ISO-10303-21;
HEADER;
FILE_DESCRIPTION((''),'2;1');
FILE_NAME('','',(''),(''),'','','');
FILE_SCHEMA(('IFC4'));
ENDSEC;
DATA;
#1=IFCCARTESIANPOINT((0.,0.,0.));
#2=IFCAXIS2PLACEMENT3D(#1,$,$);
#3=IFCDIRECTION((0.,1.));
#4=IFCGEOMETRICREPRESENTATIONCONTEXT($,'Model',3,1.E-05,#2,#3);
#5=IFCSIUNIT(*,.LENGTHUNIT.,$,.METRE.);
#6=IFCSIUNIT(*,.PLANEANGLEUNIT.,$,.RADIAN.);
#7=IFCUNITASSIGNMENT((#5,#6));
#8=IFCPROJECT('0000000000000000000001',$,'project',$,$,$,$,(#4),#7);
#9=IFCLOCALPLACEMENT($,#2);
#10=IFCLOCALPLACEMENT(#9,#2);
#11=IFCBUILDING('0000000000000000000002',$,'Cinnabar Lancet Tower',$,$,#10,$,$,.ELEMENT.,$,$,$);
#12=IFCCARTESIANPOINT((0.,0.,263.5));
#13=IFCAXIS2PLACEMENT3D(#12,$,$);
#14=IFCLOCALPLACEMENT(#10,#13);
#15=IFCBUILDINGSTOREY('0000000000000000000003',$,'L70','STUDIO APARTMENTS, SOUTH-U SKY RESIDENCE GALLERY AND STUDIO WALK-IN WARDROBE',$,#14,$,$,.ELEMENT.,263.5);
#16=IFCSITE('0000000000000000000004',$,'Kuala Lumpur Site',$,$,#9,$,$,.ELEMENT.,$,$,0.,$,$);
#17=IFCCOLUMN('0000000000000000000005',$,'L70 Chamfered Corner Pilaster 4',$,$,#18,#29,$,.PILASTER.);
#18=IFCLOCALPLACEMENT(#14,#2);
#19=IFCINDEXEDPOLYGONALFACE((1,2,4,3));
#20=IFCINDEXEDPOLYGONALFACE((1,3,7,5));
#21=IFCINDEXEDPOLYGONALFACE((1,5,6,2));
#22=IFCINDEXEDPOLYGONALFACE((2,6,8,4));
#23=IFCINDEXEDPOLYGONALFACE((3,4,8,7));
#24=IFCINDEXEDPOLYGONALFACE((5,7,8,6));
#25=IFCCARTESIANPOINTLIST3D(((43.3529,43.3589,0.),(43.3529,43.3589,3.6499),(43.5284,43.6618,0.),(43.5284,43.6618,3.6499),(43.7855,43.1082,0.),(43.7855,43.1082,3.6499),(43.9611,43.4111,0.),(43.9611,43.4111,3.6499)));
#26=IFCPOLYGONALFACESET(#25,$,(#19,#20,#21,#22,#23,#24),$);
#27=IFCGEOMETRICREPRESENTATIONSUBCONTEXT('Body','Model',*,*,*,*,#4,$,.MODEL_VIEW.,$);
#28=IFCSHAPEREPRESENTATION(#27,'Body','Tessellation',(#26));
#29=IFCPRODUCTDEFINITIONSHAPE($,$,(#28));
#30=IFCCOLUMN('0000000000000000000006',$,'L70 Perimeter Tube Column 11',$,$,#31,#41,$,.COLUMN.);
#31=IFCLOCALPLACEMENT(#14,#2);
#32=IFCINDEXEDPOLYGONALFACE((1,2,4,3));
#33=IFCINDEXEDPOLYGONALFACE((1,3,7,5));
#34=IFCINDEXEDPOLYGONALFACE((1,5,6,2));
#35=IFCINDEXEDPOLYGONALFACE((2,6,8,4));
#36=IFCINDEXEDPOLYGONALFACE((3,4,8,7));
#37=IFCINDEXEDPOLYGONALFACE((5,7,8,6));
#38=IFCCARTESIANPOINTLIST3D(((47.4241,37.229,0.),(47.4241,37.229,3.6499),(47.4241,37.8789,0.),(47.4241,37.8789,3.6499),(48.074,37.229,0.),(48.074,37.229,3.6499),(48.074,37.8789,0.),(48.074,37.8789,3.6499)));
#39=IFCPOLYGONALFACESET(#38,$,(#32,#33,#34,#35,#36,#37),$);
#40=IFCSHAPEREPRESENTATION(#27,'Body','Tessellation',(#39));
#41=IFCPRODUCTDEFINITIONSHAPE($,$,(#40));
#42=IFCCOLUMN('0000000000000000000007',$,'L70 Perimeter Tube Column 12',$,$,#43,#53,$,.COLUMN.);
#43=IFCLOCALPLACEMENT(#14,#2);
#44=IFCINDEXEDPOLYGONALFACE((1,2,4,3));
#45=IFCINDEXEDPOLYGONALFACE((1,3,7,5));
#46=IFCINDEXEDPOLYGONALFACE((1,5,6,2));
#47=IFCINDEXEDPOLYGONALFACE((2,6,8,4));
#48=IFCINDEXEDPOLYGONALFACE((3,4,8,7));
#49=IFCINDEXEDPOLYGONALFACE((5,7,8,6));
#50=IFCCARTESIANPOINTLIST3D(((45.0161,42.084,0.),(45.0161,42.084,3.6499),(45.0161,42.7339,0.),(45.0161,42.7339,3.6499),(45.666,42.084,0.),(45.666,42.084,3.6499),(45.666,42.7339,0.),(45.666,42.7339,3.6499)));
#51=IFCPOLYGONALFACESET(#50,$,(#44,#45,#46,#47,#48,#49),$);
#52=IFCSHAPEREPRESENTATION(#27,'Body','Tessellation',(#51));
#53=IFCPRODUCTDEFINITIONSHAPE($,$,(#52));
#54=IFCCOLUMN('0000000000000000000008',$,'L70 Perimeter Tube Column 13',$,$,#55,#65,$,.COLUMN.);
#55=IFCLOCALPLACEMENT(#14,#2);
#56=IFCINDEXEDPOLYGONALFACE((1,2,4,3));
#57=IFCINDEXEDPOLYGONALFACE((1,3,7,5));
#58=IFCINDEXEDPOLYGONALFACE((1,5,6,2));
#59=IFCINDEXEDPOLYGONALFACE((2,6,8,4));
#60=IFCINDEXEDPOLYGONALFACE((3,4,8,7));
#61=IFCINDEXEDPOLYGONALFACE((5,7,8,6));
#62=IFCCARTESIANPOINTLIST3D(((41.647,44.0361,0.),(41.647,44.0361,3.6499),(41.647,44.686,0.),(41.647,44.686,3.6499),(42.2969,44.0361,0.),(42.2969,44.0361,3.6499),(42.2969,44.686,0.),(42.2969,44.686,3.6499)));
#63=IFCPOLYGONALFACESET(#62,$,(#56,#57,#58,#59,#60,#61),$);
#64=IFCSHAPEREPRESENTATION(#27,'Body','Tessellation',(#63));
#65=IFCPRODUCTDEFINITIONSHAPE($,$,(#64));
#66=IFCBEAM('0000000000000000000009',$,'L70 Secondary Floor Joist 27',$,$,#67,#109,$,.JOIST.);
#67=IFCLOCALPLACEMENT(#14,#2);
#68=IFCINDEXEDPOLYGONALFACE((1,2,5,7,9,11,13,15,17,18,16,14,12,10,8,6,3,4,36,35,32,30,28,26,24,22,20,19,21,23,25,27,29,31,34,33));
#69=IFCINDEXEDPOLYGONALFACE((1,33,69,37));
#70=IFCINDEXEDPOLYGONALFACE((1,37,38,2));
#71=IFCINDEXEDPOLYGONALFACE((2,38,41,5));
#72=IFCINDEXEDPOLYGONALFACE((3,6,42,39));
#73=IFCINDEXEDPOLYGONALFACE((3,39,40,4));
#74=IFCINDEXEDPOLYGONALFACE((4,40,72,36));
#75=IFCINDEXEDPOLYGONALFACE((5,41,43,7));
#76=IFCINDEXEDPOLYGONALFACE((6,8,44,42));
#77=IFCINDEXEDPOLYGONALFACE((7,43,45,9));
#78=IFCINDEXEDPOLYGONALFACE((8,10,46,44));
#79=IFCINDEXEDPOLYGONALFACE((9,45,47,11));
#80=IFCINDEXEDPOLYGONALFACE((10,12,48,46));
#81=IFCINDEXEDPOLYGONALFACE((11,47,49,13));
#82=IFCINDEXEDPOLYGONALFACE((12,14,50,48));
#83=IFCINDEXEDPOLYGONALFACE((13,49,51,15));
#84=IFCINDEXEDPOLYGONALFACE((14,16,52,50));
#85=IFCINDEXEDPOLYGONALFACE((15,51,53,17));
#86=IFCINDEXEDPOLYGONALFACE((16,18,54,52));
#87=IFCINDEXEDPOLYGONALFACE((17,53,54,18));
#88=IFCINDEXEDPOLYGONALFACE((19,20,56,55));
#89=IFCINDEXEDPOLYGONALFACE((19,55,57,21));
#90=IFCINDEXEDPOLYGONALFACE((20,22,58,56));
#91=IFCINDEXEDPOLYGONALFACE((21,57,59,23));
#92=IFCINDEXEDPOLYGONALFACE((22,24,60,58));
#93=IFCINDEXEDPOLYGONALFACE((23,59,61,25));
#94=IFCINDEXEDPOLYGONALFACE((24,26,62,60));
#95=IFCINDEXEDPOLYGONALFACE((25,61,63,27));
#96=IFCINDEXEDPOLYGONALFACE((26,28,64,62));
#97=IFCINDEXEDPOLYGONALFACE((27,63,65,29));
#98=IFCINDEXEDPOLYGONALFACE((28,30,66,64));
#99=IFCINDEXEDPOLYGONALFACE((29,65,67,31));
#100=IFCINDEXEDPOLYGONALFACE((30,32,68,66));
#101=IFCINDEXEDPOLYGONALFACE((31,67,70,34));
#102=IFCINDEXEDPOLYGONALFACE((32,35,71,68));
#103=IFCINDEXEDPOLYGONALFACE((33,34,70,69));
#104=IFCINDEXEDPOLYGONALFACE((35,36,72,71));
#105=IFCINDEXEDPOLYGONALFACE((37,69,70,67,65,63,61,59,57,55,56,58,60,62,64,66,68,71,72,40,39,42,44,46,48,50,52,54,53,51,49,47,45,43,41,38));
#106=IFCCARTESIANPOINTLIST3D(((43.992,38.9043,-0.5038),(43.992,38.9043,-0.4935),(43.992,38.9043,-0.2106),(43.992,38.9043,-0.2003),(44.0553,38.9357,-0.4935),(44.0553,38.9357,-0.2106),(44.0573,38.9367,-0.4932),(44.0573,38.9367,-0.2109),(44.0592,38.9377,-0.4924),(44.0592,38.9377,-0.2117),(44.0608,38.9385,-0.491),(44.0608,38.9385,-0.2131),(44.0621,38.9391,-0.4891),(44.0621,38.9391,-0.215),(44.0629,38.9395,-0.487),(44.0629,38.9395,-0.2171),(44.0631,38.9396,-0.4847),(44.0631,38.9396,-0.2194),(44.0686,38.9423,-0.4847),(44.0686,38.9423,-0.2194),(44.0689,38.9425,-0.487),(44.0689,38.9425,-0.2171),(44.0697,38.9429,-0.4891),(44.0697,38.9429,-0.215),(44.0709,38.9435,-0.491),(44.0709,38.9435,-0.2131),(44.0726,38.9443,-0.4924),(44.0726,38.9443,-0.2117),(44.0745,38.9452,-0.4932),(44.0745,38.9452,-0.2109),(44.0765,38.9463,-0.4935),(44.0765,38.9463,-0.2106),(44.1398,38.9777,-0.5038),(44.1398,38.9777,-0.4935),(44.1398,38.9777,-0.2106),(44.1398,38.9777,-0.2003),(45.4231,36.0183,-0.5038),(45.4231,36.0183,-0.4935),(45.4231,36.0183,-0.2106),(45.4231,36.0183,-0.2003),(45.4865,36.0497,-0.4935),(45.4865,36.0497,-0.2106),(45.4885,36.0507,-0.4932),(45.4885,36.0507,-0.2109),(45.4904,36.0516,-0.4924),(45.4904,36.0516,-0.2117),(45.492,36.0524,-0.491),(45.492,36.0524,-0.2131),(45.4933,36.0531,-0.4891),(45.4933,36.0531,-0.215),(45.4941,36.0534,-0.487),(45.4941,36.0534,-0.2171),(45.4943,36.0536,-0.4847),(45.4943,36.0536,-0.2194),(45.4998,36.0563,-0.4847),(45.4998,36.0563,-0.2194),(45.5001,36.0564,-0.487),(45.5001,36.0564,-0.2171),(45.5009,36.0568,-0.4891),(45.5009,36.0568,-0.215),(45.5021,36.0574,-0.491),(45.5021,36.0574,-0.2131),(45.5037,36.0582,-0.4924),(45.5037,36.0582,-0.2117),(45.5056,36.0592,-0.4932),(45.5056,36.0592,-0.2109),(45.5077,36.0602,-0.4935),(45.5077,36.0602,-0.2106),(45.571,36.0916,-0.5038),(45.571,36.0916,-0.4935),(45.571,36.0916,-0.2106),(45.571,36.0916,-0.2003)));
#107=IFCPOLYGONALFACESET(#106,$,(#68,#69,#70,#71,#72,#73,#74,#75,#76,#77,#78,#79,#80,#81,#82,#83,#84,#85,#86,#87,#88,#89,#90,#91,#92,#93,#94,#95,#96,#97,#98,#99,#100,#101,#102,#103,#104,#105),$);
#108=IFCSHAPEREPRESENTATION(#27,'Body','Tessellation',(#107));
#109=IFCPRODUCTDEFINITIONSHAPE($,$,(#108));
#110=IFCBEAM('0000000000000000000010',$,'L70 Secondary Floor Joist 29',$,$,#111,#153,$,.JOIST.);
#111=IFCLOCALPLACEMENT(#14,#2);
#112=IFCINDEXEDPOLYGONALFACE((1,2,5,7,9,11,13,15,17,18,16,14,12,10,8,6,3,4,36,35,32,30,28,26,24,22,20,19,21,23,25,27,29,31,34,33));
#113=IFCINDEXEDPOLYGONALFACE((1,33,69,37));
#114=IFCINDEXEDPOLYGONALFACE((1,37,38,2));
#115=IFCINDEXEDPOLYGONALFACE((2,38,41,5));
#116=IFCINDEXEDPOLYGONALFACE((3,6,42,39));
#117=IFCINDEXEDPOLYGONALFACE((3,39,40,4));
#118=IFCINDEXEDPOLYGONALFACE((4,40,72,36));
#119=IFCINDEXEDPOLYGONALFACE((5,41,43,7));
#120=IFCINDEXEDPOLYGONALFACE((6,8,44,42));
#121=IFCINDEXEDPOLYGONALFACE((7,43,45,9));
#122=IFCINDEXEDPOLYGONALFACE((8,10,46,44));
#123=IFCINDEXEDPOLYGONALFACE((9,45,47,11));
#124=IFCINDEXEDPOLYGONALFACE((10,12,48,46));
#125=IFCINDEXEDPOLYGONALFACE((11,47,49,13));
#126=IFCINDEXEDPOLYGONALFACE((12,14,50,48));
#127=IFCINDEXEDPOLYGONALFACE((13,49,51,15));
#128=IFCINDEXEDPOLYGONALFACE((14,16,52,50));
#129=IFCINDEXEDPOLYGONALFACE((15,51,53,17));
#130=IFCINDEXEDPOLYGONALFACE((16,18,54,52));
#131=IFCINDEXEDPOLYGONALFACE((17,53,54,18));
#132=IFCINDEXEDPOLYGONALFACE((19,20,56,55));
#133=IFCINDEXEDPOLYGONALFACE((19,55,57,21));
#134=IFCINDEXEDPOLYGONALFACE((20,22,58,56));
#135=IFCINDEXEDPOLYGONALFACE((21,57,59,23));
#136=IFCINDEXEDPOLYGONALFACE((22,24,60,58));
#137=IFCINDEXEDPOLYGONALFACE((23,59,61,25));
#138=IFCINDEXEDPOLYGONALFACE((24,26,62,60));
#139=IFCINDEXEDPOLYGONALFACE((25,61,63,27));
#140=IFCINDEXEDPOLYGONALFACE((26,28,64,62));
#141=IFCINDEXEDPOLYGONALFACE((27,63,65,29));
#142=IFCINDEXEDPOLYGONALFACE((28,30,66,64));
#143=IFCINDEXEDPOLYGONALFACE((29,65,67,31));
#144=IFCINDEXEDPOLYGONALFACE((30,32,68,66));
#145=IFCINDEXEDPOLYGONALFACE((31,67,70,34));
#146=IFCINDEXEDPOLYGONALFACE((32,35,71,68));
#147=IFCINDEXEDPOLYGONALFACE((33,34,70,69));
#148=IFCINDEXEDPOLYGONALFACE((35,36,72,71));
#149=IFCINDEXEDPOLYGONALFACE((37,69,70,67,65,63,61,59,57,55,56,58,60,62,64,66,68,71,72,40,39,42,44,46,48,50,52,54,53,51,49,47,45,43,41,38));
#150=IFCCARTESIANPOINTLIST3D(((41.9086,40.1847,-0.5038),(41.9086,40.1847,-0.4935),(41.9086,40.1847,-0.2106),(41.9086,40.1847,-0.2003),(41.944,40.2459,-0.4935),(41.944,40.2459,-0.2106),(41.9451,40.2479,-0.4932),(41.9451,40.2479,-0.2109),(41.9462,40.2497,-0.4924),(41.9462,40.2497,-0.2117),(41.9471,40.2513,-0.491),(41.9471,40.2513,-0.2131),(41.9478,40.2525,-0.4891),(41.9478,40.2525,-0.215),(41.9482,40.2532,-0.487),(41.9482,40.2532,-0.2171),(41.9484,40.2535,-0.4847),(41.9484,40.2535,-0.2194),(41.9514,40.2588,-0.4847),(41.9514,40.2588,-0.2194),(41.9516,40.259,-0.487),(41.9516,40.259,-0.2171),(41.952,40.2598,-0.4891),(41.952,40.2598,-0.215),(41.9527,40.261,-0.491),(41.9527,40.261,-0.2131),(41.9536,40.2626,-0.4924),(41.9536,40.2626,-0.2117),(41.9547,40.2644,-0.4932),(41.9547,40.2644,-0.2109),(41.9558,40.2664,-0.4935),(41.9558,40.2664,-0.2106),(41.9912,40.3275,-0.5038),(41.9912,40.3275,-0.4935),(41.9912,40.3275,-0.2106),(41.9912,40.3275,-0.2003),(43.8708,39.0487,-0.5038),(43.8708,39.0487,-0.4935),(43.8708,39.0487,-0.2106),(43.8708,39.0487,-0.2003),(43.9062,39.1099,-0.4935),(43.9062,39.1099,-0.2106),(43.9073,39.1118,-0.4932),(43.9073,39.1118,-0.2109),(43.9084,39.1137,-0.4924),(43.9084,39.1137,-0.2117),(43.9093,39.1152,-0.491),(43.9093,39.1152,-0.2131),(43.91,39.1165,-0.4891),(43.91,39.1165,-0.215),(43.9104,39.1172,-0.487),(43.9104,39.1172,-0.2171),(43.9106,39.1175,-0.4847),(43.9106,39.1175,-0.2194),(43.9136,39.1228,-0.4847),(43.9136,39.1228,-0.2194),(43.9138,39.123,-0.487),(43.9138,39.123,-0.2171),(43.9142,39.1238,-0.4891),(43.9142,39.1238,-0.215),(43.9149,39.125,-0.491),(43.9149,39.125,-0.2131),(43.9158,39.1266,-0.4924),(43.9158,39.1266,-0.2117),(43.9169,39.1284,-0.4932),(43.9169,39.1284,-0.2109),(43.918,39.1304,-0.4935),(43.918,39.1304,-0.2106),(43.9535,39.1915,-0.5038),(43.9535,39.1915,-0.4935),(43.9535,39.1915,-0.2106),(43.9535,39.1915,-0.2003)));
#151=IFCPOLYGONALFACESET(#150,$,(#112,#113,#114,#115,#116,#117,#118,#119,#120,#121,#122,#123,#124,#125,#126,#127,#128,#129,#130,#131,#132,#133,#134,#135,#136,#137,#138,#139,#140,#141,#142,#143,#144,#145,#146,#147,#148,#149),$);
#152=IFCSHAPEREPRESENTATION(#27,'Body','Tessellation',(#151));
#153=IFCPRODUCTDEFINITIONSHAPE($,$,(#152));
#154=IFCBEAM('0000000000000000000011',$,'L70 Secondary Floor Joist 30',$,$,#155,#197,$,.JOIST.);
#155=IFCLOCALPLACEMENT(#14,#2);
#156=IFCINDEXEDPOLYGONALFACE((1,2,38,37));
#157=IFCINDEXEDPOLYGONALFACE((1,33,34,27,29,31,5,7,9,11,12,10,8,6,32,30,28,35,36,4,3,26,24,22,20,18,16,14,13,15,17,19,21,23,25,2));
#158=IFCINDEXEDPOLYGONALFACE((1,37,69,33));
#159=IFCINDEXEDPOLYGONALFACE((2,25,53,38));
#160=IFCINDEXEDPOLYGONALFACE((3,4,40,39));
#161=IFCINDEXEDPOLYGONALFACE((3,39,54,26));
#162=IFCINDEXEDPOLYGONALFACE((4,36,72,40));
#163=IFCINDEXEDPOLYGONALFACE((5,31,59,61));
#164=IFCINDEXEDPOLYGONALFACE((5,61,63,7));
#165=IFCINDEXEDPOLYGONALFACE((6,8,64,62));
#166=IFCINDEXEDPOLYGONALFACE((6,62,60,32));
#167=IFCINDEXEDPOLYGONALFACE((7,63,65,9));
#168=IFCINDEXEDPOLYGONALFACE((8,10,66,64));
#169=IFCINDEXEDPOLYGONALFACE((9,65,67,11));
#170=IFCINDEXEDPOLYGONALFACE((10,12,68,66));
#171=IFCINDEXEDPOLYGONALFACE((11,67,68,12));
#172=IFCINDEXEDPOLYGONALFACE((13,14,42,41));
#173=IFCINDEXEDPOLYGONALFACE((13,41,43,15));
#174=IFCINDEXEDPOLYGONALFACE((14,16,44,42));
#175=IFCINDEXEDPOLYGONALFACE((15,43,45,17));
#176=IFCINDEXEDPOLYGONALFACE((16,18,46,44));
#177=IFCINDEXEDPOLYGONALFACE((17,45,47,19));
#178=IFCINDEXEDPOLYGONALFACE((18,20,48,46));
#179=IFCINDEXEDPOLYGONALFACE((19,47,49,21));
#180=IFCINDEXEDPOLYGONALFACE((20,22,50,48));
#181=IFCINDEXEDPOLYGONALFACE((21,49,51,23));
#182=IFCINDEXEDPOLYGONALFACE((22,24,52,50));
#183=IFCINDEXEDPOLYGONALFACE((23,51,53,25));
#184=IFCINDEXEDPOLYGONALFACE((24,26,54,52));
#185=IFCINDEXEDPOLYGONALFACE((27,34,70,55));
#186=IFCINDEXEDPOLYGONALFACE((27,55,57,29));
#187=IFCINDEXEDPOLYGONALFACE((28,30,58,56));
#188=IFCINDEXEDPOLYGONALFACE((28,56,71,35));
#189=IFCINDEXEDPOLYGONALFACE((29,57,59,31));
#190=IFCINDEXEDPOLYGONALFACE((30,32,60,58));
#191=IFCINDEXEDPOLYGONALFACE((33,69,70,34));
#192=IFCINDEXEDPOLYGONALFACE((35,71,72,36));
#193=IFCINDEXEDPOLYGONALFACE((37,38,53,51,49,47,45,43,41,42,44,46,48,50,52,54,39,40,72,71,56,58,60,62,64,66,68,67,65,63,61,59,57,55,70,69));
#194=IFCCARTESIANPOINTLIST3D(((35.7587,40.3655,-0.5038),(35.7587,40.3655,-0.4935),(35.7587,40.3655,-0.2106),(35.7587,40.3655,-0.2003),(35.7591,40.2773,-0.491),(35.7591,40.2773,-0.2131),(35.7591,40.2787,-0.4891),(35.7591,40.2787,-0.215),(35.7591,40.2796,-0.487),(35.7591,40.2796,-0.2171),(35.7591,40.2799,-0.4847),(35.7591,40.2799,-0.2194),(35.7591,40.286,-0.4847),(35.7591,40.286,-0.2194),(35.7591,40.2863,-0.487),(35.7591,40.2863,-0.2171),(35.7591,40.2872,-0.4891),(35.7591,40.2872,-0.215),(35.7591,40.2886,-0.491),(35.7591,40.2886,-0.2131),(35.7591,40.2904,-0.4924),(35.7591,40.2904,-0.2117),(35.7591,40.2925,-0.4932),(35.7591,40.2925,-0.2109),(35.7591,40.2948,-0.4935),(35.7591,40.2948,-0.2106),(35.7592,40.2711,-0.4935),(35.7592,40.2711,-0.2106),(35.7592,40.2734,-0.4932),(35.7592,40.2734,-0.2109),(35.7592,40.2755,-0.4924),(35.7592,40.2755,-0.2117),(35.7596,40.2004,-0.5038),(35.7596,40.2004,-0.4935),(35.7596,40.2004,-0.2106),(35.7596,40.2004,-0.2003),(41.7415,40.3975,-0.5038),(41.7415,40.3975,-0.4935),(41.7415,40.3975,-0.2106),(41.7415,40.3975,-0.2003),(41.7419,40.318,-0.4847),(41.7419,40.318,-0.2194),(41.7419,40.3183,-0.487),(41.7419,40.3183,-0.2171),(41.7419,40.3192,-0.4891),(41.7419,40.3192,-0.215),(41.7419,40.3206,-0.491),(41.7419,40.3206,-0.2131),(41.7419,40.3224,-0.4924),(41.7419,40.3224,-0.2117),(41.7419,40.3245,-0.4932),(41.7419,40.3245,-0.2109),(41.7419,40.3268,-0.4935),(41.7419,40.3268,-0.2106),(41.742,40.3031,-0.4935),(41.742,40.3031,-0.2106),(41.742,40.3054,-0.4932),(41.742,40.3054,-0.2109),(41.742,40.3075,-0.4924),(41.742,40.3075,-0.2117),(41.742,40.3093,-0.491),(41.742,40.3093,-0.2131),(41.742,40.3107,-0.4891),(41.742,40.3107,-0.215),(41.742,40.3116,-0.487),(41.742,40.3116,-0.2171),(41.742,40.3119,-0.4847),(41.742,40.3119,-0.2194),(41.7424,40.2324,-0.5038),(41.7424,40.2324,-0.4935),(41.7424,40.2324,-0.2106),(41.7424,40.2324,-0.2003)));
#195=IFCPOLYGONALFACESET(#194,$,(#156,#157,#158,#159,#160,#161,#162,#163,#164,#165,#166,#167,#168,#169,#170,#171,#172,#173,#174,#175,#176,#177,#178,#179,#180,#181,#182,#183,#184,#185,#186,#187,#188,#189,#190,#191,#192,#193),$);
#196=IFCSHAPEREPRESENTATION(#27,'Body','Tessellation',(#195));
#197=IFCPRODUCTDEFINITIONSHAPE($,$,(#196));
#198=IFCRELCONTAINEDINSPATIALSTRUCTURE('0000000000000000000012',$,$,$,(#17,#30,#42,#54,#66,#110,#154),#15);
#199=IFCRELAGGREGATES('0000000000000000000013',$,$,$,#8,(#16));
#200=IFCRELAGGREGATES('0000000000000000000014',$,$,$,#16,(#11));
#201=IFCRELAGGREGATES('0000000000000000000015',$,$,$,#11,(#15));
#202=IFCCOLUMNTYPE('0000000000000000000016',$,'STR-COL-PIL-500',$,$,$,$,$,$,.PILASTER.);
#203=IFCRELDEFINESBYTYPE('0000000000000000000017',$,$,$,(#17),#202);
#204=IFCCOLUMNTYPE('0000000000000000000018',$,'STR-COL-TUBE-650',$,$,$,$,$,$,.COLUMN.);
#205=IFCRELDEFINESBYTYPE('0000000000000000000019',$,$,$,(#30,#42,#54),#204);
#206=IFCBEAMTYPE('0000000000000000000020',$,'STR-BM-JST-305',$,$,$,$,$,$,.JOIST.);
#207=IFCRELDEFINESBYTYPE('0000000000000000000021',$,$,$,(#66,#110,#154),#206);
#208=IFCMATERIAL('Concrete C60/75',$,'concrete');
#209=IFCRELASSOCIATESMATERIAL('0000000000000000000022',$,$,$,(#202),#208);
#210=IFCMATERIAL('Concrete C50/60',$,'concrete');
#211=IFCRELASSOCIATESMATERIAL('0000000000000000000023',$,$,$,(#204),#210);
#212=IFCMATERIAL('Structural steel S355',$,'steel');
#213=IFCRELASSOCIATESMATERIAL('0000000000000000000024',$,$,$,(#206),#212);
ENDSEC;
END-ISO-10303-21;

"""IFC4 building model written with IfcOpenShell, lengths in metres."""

from ifc_helpers import new_model, si_unit, direction, frame, origin, origin_2d, place, context, subcontext, project, spatial, rectangle, i_section, extrude, material, material_profile, profile_set, type_object, element, save


model = new_model("IFC4")

# Units and contexts
model_context = context("Model", 3, precision=1e-05, world=origin(), true_north=direction((0.0, 1.0)))
body_context = subcontext(model_context, "Body", "Model", "MODEL_VIEW")
ifc_project = project(units=[si_unit("LENGTHUNIT", "METRE"), si_unit("PLANEANGLEUNIT", "RADIAN")], contexts=[model_context])

# Site, building, storey
site_placement = place(None, origin())
site = spatial("IfcSite", under=ifc_project, at=site_placement, Name="Kuala Lumpur Site", CompositionType="ELEMENT", RefElevation=0.0)
building_placement = place(site_placement, origin())
building = spatial("IfcBuilding", under=site, at=building_placement, Name="Cinnabar Lancet Tower", CompositionType="ELEMENT")
storey_placement = place(building_placement, frame((0.0, 0.0, 263.5)))
storey = spatial("IfcBuildingStorey", under=building, at=storey_placement, Name="L70", Description="STUDIO APARTMENTS, SOUTH-U SKY RESIDENCE GALLERY AND STUDIO WALK-IN WARDROBE", CompositionType="ELEMENT", Elevation=263.5)

# Columns
ifc_material_1 = material(Name="Concrete C60/75", Category="concrete")
ifc_material_profile_1 = material_profile(ifc_material_1, rectangle(XDim=0.5, YDim=0.3501, at=origin_2d()), Name="RC-PIL 500x350")
ifc_profile_set_1 = profile_set([ifc_material_profile_1], Name="Concrete C60/75")
column_type_1 = type_object("IfcColumnType", Name="STR-COL-PIL-500", PredefinedType="PILASTER", material=ifc_profile_set_1)
column_placement = place(storey_placement, frame((43.657, 43.385, 0.0), z_axis=(0.0, 0.0, 1.0), x_axis=(-0.865256, 0.50133, 0.0)))
element("IfcColumn", 1, at=column_placement, inside=storey, type_object=column_type_1, Name="L70 Chamfered Corner Pilaster 4", PredefinedType="PILASTER", context=body_context, shape_type="SweptSolid", body=[
    extrude(rectangle(XDim=0.5, YDim=0.3501, at=origin_2d()), origin(), (0.0, 0.0, 1.0), 3.6499),
])
ifc_material_2 = material(Name="Concrete C50/60", Category="concrete")
ifc_material_profile_2 = material_profile(ifc_material_2, rectangle(XDim=0.6499, YDim=0.6499, at=origin_2d()), Name="RC-COL 650x650")
ifc_profile_set_2 = profile_set([ifc_material_profile_2], Name="Concrete C50/60")
column_type_2 = type_object("IfcColumnType", Name="STR-COL-TUBE-650", PredefinedType="COLUMN", material=ifc_profile_set_2)
for number, where, z_axis, x_axis, name in (
    (2, (47.749, 37.554, 0.0), (0.0, 0.0, 1.0), (1.0, 0.0, 0.0), "L70 Perimeter Tube Column 11"),
    (3, (45.3411, 42.4089, 0.0), (0.0, 0.0, 1.0), (1.0, 0.0, 0.0), "L70 Perimeter Tube Column 12"),
    (4, (41.9719, 44.3611, 0.0), (0.0, 0.0, 1.0), (1.0, 0.0, 0.0), "L70 Perimeter Tube Column 13"),
):
    element("IfcColumn", number, at=place(storey_placement, frame(where, z_axis=z_axis, x_axis=x_axis)), inside=storey, type_object=column_type_2, Name=name, PredefinedType="COLUMN", context=body_context, shape_type="SweptSolid", body=[
        extrude(rectangle(XDim=0.6499, YDim=0.6499, at=origin_2d()), origin(), (0.0, 0.0, 1.0), 3.6499),
    ])

# Beams
ifc_material_3 = material(Name="Structural steel S355", Category="steel")
ifc_material_profile_3 = material_profile(ifc_material_3, i_section(OverallWidth=0.165, OverallDepth=0.3035, WebThickness=0.0061, FlangeThickness=0.0103, FilletRadius=0.0088, at=origin_2d()), Name="UKB 305x165x40")
ifc_profile_set_3 = profile_set([ifc_material_profile_3], Name="Structural steel S355")
beam_type_1 = type_object("IfcBeamType", Name="STR-BM-JST-305", PredefinedType="JOIST", material=ifc_profile_set_3)
beam_1_placement = place(storey_placement, frame((45.4971, 36.0549, -0.3521), z_axis=(-0.444271, 0.895893, 0.0), x_axis=(-0.895893, -0.444271, 0.0)))
element("IfcBeam", 5, at=beam_1_placement, inside=storey, type_object=beam_type_1, Name="L70 Secondary Floor Joist 27", PredefinedType="JOIST", context=body_context, shape_type="SweptSolid", body=[
    extrude(i_section(OverallWidth=0.165, OverallDepth=0.3035, WebThickness=0.0061, FlangeThickness=0.0103, FilletRadius=0.0088, at=origin_2d()), origin(), (0.0, 0.0, 1.0), 3.2214),
])
beam_2_placement = place(storey_placement, frame((43.9121, 39.1201, -0.3521), z_axis=(-0.865426, 0.501036, 0.0), x_axis=(-0.501036, -0.865426, 0.0)))
element("IfcBeam", 6, at=beam_2_placement, inside=storey, type_object=beam_type_1, Name="L70 Secondary Floor Joist 29", PredefinedType="JOIST", context=body_context, shape_type="SweptSolid", body=[
    extrude(i_section(OverallWidth=0.165, OverallDepth=0.3035, WebThickness=0.0061, FlangeThickness=0.0103, FilletRadius=0.0088, at=origin_2d()), origin(), (0.0, 0.0, 1.0), 2.2673),
])
beam_3_placement = place(storey_placement, frame((41.7419, 40.3149, -0.3521), z_axis=(-0.999986, -0.005346, 0.0), x_axis=(0.005346, -0.999986, 0.0)))
element("IfcBeam", 7, at=beam_3_placement, inside=storey, type_object=beam_type_1, Name="L70 Secondary Floor Joist 30", PredefinedType="JOIST", context=body_context, shape_type="SweptSolid", body=[
    extrude(i_section(OverallWidth=0.165, OverallDepth=0.3035, WebThickness=0.0061, FlangeThickness=0.0103, FilletRadius=0.0088, at=origin_2d()), origin(), (0.0, 0.0, 1.0), 5.9829),
])

save(model, "model.ifc")
